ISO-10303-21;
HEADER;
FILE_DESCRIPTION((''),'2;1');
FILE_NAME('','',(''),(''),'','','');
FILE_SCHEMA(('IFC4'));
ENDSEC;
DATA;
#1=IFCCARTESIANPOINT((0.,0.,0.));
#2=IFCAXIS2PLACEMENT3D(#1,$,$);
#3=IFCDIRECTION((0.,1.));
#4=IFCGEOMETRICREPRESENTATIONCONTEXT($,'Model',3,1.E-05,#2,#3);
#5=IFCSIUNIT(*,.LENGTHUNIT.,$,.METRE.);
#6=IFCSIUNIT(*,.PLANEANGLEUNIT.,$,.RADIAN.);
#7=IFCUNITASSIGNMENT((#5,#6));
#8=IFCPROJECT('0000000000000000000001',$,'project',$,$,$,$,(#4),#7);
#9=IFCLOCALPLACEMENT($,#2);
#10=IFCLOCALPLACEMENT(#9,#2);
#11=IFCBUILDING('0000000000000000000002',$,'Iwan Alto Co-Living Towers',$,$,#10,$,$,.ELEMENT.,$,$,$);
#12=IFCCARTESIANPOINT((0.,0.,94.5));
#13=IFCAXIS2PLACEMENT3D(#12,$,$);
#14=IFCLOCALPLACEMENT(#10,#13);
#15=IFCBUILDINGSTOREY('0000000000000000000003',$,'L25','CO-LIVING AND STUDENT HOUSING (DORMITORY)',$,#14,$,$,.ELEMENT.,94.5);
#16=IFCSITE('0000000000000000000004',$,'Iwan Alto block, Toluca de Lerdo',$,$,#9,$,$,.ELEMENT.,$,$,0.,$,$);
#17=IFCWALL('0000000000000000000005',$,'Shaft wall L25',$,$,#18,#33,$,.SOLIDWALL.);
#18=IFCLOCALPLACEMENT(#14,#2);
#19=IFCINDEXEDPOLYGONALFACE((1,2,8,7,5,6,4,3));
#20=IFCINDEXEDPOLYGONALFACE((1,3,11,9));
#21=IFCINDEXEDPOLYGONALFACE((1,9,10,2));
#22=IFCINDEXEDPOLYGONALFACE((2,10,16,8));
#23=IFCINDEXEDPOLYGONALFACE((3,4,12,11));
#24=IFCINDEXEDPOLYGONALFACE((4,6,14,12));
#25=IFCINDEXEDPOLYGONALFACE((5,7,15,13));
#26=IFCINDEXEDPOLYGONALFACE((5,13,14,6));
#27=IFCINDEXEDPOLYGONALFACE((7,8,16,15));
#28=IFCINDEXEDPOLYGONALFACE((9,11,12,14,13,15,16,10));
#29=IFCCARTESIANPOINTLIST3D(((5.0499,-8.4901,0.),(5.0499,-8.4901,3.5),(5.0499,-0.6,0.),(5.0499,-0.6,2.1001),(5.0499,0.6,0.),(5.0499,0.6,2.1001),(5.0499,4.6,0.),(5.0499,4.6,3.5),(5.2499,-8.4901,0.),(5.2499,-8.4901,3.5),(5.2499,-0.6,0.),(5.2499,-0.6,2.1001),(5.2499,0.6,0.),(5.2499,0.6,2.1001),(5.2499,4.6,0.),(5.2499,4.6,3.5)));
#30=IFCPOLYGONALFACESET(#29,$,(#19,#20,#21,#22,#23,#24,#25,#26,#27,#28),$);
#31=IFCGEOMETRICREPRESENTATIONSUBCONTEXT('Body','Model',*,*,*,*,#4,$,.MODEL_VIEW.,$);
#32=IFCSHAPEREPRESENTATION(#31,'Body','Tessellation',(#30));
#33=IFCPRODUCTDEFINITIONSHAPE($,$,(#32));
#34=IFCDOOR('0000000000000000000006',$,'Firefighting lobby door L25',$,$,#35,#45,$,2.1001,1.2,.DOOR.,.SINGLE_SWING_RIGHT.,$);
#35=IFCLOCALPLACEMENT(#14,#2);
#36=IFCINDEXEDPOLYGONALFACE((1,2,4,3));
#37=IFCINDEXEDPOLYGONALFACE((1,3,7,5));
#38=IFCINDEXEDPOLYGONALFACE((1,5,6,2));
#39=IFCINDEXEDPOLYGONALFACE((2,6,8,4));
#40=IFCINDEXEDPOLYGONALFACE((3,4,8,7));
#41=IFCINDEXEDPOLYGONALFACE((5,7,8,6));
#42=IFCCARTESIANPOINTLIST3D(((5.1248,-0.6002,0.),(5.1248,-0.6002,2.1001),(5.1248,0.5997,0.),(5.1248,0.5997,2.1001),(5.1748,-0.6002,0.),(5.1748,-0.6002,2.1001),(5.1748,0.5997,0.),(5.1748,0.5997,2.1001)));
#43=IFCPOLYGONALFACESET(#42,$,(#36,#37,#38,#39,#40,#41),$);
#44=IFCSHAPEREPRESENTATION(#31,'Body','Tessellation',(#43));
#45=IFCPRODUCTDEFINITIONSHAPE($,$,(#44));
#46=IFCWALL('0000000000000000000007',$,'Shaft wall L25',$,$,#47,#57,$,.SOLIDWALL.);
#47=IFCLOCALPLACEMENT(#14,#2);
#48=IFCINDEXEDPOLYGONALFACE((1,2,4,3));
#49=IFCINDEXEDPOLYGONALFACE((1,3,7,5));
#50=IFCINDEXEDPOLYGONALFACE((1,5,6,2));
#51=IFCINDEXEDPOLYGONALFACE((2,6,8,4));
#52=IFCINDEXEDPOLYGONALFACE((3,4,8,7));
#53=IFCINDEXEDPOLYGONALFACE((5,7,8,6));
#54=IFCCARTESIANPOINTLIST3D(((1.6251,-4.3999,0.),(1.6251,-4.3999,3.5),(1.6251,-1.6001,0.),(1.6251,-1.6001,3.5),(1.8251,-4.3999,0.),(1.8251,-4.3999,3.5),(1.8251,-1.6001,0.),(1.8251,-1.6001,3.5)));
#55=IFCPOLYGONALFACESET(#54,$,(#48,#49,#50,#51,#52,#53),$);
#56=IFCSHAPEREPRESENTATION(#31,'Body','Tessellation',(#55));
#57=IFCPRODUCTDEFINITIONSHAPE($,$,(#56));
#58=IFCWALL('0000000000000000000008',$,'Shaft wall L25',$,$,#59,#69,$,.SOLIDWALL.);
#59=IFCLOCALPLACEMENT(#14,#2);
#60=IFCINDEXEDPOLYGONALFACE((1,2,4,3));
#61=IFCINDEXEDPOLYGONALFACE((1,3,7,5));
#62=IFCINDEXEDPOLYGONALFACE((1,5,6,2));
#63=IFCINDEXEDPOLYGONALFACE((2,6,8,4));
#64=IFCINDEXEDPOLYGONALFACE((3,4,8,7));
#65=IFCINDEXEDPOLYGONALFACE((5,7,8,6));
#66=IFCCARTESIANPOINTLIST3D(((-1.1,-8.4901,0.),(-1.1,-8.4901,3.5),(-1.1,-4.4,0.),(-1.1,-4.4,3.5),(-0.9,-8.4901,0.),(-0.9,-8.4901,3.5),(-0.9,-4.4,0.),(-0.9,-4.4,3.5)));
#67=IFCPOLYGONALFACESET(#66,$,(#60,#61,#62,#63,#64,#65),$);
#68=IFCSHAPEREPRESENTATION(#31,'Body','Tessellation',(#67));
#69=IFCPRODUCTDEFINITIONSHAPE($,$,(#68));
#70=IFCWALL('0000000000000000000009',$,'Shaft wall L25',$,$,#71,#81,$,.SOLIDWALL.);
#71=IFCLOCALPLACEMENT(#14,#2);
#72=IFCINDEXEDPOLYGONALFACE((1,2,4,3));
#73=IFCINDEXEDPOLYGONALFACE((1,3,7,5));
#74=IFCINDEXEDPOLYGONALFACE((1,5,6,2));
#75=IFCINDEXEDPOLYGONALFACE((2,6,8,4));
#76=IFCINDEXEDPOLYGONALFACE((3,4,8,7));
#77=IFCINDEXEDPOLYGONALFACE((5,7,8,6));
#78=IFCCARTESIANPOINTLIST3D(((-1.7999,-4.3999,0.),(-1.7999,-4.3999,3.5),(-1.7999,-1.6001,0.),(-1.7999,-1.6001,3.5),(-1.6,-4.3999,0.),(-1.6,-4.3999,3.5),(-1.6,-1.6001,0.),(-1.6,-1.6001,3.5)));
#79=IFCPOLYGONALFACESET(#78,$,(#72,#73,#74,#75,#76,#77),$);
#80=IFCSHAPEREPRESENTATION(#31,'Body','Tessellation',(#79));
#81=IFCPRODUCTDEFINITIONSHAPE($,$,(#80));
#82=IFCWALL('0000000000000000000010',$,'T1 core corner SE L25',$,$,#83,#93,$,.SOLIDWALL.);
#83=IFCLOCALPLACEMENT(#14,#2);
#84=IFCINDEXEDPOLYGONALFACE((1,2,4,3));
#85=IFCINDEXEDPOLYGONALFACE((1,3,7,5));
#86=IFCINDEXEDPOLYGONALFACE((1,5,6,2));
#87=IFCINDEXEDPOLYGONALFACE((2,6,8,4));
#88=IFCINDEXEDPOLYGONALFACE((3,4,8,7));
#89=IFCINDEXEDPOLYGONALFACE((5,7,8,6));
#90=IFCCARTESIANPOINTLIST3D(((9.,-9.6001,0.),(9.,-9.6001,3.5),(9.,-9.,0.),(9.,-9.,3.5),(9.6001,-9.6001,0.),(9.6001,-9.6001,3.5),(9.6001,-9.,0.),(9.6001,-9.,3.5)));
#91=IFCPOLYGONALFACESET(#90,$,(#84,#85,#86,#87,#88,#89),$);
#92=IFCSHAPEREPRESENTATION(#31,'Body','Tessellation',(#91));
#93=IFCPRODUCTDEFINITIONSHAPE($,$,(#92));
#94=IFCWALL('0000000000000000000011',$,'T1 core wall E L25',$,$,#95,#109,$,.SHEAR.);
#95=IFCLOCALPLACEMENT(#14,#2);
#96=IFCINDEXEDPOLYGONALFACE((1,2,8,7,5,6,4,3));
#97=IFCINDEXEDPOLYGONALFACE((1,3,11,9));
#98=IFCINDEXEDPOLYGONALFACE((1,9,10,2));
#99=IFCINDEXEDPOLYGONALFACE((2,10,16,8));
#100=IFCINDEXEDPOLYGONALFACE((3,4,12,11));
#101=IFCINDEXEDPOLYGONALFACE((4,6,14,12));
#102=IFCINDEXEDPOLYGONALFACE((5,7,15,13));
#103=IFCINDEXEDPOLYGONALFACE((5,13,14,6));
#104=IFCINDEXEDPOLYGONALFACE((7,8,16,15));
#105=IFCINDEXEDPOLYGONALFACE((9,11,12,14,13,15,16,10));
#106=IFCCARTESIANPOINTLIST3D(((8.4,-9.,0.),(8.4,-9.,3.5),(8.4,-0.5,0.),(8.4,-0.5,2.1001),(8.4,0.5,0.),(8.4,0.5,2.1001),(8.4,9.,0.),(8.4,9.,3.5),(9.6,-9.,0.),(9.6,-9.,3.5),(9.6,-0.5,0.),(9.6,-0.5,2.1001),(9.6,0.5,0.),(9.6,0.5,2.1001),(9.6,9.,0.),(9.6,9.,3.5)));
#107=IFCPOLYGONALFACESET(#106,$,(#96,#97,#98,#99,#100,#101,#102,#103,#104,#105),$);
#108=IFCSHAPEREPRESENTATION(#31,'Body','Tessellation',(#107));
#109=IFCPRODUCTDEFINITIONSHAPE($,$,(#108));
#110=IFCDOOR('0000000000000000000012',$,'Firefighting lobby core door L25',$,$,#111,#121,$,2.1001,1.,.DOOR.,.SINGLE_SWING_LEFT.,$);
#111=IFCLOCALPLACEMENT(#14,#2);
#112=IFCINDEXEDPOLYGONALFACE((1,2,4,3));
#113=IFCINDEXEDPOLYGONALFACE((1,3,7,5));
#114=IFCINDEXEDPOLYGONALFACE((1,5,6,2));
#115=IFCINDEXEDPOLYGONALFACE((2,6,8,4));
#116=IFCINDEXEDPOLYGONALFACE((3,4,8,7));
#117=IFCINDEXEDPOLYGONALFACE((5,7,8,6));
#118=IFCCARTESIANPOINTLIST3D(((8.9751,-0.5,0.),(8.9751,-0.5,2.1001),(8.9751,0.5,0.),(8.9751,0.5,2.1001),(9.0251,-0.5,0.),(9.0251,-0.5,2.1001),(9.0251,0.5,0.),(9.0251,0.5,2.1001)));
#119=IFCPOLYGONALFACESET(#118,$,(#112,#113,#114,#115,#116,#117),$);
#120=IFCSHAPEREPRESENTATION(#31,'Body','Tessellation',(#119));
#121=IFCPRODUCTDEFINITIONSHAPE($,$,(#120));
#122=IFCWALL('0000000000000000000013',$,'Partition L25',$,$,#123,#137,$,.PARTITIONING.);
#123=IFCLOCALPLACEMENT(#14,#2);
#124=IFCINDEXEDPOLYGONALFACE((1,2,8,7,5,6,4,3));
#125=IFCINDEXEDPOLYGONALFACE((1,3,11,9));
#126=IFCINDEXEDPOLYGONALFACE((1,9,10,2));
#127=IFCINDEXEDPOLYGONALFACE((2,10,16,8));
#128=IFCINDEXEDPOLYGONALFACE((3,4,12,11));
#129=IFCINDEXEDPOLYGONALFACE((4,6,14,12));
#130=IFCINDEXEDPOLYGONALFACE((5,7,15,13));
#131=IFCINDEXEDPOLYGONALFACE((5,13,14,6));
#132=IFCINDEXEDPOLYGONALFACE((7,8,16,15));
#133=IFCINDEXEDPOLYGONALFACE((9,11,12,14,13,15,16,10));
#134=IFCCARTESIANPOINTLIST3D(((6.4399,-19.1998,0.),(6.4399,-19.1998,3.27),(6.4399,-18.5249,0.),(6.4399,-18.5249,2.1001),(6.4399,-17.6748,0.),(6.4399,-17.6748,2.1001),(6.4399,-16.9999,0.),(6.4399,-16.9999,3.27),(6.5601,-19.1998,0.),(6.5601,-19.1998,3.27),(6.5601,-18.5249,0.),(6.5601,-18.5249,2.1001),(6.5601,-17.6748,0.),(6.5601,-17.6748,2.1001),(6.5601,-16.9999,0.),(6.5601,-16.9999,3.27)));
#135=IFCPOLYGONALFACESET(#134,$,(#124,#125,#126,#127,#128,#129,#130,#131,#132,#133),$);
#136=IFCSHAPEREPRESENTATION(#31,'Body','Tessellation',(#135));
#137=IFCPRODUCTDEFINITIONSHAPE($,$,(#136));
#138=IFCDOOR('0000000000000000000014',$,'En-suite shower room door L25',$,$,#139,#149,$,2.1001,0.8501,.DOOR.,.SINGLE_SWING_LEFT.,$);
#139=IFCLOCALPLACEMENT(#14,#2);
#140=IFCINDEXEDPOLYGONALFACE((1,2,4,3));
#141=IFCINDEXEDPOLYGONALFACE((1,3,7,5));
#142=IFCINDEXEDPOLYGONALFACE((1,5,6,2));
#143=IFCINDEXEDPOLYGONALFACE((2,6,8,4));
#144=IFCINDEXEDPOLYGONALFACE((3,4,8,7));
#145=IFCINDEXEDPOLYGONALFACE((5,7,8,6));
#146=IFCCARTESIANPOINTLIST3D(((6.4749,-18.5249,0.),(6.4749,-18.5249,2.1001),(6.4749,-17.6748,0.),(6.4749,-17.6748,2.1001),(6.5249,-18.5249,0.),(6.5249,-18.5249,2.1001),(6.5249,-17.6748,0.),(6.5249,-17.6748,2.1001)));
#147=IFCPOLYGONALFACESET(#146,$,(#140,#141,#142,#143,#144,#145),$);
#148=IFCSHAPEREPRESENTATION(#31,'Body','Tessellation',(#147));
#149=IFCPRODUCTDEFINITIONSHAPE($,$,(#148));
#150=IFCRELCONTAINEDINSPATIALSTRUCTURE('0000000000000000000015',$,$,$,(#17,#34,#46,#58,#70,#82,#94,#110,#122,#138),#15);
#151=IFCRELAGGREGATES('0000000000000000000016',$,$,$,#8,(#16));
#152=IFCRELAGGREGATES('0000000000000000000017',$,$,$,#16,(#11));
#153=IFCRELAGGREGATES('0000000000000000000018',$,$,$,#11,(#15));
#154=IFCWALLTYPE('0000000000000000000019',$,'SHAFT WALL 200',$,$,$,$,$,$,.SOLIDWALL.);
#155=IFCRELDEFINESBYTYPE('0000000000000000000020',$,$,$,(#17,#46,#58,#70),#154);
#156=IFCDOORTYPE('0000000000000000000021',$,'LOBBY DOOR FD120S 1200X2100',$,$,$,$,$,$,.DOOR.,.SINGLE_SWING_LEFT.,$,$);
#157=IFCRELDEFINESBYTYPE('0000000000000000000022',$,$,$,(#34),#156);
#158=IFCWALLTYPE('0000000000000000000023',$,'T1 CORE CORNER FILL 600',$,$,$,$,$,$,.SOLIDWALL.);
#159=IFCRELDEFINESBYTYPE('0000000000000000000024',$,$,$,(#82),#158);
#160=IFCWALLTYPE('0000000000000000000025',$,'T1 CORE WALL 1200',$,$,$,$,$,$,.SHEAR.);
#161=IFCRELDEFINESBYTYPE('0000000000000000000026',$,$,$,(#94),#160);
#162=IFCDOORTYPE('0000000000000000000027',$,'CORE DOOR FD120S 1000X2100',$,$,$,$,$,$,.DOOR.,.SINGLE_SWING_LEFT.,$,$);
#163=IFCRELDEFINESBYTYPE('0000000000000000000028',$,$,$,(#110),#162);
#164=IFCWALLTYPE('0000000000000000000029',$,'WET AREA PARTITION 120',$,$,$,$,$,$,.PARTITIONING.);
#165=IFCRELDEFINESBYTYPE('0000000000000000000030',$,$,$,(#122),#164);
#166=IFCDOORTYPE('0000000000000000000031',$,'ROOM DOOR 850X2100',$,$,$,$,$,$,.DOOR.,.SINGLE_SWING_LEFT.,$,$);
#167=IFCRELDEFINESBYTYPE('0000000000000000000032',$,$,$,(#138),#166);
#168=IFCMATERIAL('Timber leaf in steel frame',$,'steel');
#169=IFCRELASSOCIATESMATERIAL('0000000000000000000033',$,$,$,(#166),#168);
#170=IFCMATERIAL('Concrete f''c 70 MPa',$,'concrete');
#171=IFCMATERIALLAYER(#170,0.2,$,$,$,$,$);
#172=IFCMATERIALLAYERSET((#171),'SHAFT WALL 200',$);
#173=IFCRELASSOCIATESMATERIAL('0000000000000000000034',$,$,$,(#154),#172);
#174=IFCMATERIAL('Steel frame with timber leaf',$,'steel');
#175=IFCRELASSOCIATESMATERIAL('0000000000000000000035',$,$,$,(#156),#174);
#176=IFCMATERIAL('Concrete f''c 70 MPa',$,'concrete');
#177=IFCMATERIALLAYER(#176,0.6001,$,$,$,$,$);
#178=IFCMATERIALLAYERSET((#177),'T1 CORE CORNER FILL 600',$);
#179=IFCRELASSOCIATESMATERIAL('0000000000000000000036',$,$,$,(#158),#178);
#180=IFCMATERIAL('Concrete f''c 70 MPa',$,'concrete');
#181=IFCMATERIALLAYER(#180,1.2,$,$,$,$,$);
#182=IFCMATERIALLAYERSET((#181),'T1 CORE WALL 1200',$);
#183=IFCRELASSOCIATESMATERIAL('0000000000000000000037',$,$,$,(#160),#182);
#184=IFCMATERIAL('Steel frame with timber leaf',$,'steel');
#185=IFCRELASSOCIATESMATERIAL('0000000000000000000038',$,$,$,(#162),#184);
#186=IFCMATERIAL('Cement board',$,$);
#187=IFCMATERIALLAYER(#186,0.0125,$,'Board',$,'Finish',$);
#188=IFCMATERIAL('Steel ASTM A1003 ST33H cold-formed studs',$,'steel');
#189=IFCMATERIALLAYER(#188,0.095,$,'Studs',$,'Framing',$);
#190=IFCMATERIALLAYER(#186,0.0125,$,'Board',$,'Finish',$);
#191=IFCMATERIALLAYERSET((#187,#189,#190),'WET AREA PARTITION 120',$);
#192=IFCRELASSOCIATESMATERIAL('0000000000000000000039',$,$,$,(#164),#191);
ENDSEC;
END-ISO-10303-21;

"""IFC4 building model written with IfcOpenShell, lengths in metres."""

from ifc_helpers import new_model, si_unit, direction, frame, frame_2d, origin, place, context, subcontext, project, spatial, rectangle, extrude, material, layer, layer_set, type_object, element, fill, save


model = new_model("IFC4")

# Units and contexts
model_context = context("Model", 3, precision=1e-05, world=origin(), true_north=direction((0.0, 1.0)))
body_context = subcontext(model_context, "Body", "Model", "MODEL_VIEW")
ifc_project = project(units=[si_unit("LENGTHUNIT", "METRE"), si_unit("PLANEANGLEUNIT", "RADIAN")], contexts=[model_context])

# Site, building, storey
site_placement = place(None, origin())
site = spatial("IfcSite", under=ifc_project, at=site_placement, Name="Iwan Alto block, Toluca de Lerdo", CompositionType="ELEMENT", RefElevation=0.0)
building_placement = place(site_placement, origin())
building = spatial("IfcBuilding", under=site, at=building_placement, Name="Iwan Alto Co-Living Towers", CompositionType="ELEMENT")
storey_placement = place(building_placement, frame((0.0, 0.0, 94.5)))
storey = spatial("IfcBuildingStorey", under=building, at=storey_placement, Name="L25", Description="CO-LIVING AND STUDENT HOUSING (DORMITORY)", CompositionType="ELEMENT", Elevation=94.5)

# Shared definitions
ifc_material_1 = material(Name="Steel ASTM A1003 ST33H cold-formed studs", Category="steel")

# Wall, opening, door
ifc_material_2 = material(Name="Timber leaf in steel frame", Category="steel")
door_type_1 = type_object("IfcDoorType", Name="ROOM DOOR 850X2100", OperationType="SINGLE_SWING_LEFT", PredefinedType="DOOR", material=ifc_material_2)
ifc_material_3 = material(Name="Concrete f'c 70 MPa", Category="concrete")
ifc_layer_1 = layer(ifc_material_3, 0.2)
ifc_layer_set_1 = layer_set([ifc_layer_1], Name="SHAFT WALL 200")
wall_type_1 = type_object("IfcWallType", Name="SHAFT WALL 200", PredefinedType="SOLIDWALL", material=ifc_layer_set_1)
wall_1_placement = place(storey_placement, frame((5.1499, -8.49, 0.0), z_axis=(0.0, 0.0, 1.0), x_axis=(0.0, 1.0, 0.0)))
wall_1 = element("IfcWall", 1, at=wall_1_placement, inside=storey, type_object=wall_type_1, Name="Shaft wall L25", PredefinedType="SOLIDWALL", context=body_context, shape_type="SweptSolid", body=[
    extrude(rectangle(XDim=13.0901, YDim=0.2, at=frame_2d((6.5449, 0.0))), origin(), (0.0, 0.0, 1.0), 3.5),
])
opening_1_placement = place(wall_1_placement, frame((7.8899, 0.0, 0.0)))
opening_1 = element("IfcOpeningElement", 2, at=opening_1_placement, cuts=wall_1, PredefinedType="OPENING", context=body_context, shape_type="SweptSolid", body=[
    extrude(rectangle(XDim=1.2, YDim=2.1001, at=frame_2d((0.6001, 1.05))), frame((0.0, 0.1099, 0.0), z_axis=(0.0, -1.0, 0.0), x_axis=(1.0, 0.0, 0.0)), (0.0, 0.0, 1.0), 0.22),
])
ifc_material_4 = material(Name="Steel frame with timber leaf", Category="steel")
door_type_2 = type_object("IfcDoorType", Name="LOBBY DOOR FD120S 1200X2100", OperationType="SINGLE_SWING_LEFT", PredefinedType="DOOR", material=ifc_material_4)
door_1_placement = place(opening_1_placement, frame((1.2, 0.0, 0.0), z_axis=(0.0, 0.0, 1.0), x_axis=(-1.0, 0.0, 0.0)))
door_1 = element("IfcDoor", 3, at=door_1_placement, inside=storey, type_object=door_type_2, Name="Firefighting lobby door L25", OperationType="SINGLE_SWING_RIGHT", OverallHeight=2.1001, OverallWidth=1.2, PredefinedType="DOOR", context=body_context, shape_type="SweptSolid", body=[
    extrude(rectangle(XDim=1.2, YDim=2.1001, at=frame_2d((0.6001, 1.05))), frame((0.0, 0.0249, 0.0), z_axis=(0.0, -1.0, 0.0), x_axis=(1.0, 0.0, 0.0)), (0.0, 0.0, 1.0), 0.05),
])
fill(opening_1, door_1)

# Walls
wall_2_placement = place(storey_placement, frame((1.7251, -4.3999, 0.0), z_axis=(0.0, 0.0, 1.0), x_axis=(0.0, 1.0, 0.0)))
element("IfcWall", 4, at=wall_2_placement, inside=storey, type_object=wall_type_1, Name="Shaft wall L25", PredefinedType="SOLIDWALL", context=body_context, shape_type="SweptSolid", body=[
    extrude(rectangle(XDim=2.7998, YDim=0.2, at=frame_2d((1.3999, 0.0))), origin(), (0.0, 0.0, 1.0), 3.5),
])
wall_3_placement = place(storey_placement, frame((-1.0, -8.49, 0.0), z_axis=(0.0, 0.0, 1.0), x_axis=(0.0, 1.0, 0.0)))
element("IfcWall", 5, at=wall_3_placement, inside=storey, type_object=wall_type_1, Name="Shaft wall L25", PredefinedType="SOLIDWALL", context=body_context, shape_type="SweptSolid", body=[
    extrude(rectangle(XDim=4.0901, YDim=0.2, at=frame_2d((2.0449, 0.0))), origin(), (0.0, 0.0, 1.0), 3.5),
])
wall_4_placement = place(storey_placement, frame((-1.7, -4.3999, 0.0), z_axis=(0.0, 0.0, 1.0), x_axis=(0.0, 1.0, 0.0)))
element("IfcWall", 6, at=wall_4_placement, inside=storey, type_object=wall_type_1, Name="Shaft wall L25", PredefinedType="SOLIDWALL", context=body_context, shape_type="SweptSolid", body=[
    extrude(rectangle(XDim=2.7998, YDim=0.2, at=frame_2d((1.3999, 0.0))), origin(), (0.0, 0.0, 1.0), 3.5),
])
ifc_material_5 = material(Name="Concrete f'c 70 MPa", Category="concrete")
ifc_layer_2 = layer(ifc_material_5, 0.6001)
ifc_layer_set_2 = layer_set([ifc_layer_2], Name="T1 CORE CORNER FILL 600")
wall_type_2 = type_object("IfcWallType", Name="T1 CORE CORNER FILL 600", PredefinedType="SOLIDWALL", material=ifc_layer_set_2)
wall_5_placement = place(storey_placement, frame((9.0, -9.3, 0.0), z_axis=(0.0, 0.0, 1.0), x_axis=(1.0, 0.0, 0.0)))
element("IfcWall", 7, at=wall_5_placement, inside=storey, type_object=wall_type_2, Name="T1 core corner SE L25", PredefinedType="SOLIDWALL", context=body_context, shape_type="SweptSolid", body=[
    extrude(rectangle(XDim=0.6001, YDim=0.6001, at=frame_2d((0.3, 0.0))), origin(), (0.0, 0.0, 1.0), 3.5),
])

# Walls, openings, doors
ifc_material_6 = material(Name="Concrete f'c 70 MPa", Category="concrete")
ifc_layer_3 = layer(ifc_material_6, 1.2)
ifc_layer_set_3 = layer_set([ifc_layer_3], Name="T1 CORE WALL 1200")
wall_type_3 = type_object("IfcWallType", Name="T1 CORE WALL 1200", PredefinedType="SHEAR", material=ifc_layer_set_3)
wall_6_placement = place(storey_placement, frame((9.0, -9.0, 0.0), z_axis=(0.0, 0.0, 1.0), x_axis=(0.0, 1.0, 0.0)))
wall_6 = element("IfcWall", 8, at=wall_6_placement, inside=storey, type_object=wall_type_3, Name="T1 core wall E L25", PredefinedType="SHEAR", context=body_context, shape_type="SweptSolid", body=[
    extrude(rectangle(XDim=18.0, YDim=1.2, at=frame_2d((9.0, 0.0))), origin(), (0.0, 0.0, 1.0), 3.5),
])
opening_2_placement = place(wall_6_placement, frame((8.5, 0.0, 0.0)))
opening_2 = element("IfcOpeningElement", 9, at=opening_2_placement, cuts=wall_6, PredefinedType="OPENING", context=body_context, shape_type="SweptSolid", body=[
    extrude(rectangle(XDim=1.0, YDim=2.1001, at=frame_2d((0.5, 1.05))), frame((0.0, 0.6099, 0.0), z_axis=(0.0, -1.0, 0.0), x_axis=(1.0, 0.0, 0.0)), (0.0, 0.0, 1.0), 1.22),
])
ifc_material_7 = material(Name="Steel frame with timber leaf", Category="steel")
door_type_3 = type_object("IfcDoorType", Name="CORE DOOR FD120S 1000X2100", OperationType="SINGLE_SWING_LEFT", PredefinedType="DOOR", material=ifc_material_7)
door_2_placement = place(opening_2_placement, origin())
door_2 = element("IfcDoor", 10, at=door_2_placement, inside=storey, type_object=door_type_3, Name="Firefighting lobby core door L25", OperationType="SINGLE_SWING_LEFT", OverallHeight=2.1001, OverallWidth=1.0, PredefinedType="DOOR", context=body_context, shape_type="SweptSolid", body=[
    extrude(rectangle(XDim=1.0, YDim=2.1001, at=frame_2d((0.5, 1.05))), frame((0.0, 0.0249, 0.0), z_axis=(0.0, -1.0, 0.0), x_axis=(1.0, 0.0, 0.0)), (0.0, 0.0, 1.0), 0.05),
])
fill(opening_2, door_2)
ifc_material_8 = material(Name="Cement board")
ifc_layer_4 = layer(ifc_material_8, 0.0125, Name="Board", Category="Finish")
ifc_layer_5 = layer(ifc_material_1, 0.095, Name="Studs", Category="Framing")
ifc_layer_6 = layer(ifc_material_8, 0.0125, Name="Board", Category="Finish")
ifc_layer_set_4 = layer_set([ifc_layer_4, ifc_layer_5, ifc_layer_6], Name="WET AREA PARTITION 120")
wall_type_4 = type_object("IfcWallType", Name="WET AREA PARTITION 120", PredefinedType="PARTITIONING", material=ifc_layer_set_4)
wall_7_placement = place(storey_placement, frame((6.5, -19.2, 0.0), z_axis=(0.0, 0.0, 1.0), x_axis=(0.0, 1.0, 0.0)))
wall_7 = element("IfcWall", 11, at=wall_7_placement, inside=storey, type_object=wall_type_4, Name="Partition L25", PredefinedType="PARTITIONING", context=body_context, shape_type="SweptSolid", body=[
    extrude(rectangle(XDim=2.2, YDim=0.1201, at=frame_2d((1.1001, 0.0))), origin(), (0.0, 0.0, 1.0), 3.27),
])
opening_3_placement = place(wall_7_placement, frame((0.675, 0.0, 0.0)))
opening_3 = element("IfcOpeningElement", 12, at=opening_3_placement, cuts=wall_7, PredefinedType="OPENING", context=body_context, shape_type="SweptSolid", body=[
    extrude(rectangle(XDim=0.8501, YDim=2.1001, at=frame_2d((0.425, 1.05))), frame((0.0, 0.0701, 0.0), z_axis=(0.0, -1.0, 0.0), x_axis=(1.0, 0.0, 0.0)), (0.0, 0.0, 1.0), 0.1401),
])
door_3_placement = place(opening_3_placement, frame((0.8501, 0.0, 0.0), z_axis=(0.0, 0.0, 1.0), x_axis=(-1.0, 0.0, 0.0)))
door_3 = element("IfcDoor", 13, at=door_3_placement, inside=storey, type_object=door_type_1, Name="En-suite shower room door L25", OperationType="SINGLE_SWING_LEFT", OverallHeight=2.1001, OverallWidth=0.8501, PredefinedType="DOOR", context=body_context, shape_type="SweptSolid", body=[
    extrude(rectangle(XDim=0.8501, YDim=2.1001, at=frame_2d((0.425, 1.05))), frame((0.0, 0.0249, 0.0), z_axis=(0.0, -1.0, 0.0), x_axis=(1.0, 0.0, 0.0)), (0.0, 0.0, 1.0), 0.05),
])
fill(opening_3, door_3)

save(model, "model.ifc")
